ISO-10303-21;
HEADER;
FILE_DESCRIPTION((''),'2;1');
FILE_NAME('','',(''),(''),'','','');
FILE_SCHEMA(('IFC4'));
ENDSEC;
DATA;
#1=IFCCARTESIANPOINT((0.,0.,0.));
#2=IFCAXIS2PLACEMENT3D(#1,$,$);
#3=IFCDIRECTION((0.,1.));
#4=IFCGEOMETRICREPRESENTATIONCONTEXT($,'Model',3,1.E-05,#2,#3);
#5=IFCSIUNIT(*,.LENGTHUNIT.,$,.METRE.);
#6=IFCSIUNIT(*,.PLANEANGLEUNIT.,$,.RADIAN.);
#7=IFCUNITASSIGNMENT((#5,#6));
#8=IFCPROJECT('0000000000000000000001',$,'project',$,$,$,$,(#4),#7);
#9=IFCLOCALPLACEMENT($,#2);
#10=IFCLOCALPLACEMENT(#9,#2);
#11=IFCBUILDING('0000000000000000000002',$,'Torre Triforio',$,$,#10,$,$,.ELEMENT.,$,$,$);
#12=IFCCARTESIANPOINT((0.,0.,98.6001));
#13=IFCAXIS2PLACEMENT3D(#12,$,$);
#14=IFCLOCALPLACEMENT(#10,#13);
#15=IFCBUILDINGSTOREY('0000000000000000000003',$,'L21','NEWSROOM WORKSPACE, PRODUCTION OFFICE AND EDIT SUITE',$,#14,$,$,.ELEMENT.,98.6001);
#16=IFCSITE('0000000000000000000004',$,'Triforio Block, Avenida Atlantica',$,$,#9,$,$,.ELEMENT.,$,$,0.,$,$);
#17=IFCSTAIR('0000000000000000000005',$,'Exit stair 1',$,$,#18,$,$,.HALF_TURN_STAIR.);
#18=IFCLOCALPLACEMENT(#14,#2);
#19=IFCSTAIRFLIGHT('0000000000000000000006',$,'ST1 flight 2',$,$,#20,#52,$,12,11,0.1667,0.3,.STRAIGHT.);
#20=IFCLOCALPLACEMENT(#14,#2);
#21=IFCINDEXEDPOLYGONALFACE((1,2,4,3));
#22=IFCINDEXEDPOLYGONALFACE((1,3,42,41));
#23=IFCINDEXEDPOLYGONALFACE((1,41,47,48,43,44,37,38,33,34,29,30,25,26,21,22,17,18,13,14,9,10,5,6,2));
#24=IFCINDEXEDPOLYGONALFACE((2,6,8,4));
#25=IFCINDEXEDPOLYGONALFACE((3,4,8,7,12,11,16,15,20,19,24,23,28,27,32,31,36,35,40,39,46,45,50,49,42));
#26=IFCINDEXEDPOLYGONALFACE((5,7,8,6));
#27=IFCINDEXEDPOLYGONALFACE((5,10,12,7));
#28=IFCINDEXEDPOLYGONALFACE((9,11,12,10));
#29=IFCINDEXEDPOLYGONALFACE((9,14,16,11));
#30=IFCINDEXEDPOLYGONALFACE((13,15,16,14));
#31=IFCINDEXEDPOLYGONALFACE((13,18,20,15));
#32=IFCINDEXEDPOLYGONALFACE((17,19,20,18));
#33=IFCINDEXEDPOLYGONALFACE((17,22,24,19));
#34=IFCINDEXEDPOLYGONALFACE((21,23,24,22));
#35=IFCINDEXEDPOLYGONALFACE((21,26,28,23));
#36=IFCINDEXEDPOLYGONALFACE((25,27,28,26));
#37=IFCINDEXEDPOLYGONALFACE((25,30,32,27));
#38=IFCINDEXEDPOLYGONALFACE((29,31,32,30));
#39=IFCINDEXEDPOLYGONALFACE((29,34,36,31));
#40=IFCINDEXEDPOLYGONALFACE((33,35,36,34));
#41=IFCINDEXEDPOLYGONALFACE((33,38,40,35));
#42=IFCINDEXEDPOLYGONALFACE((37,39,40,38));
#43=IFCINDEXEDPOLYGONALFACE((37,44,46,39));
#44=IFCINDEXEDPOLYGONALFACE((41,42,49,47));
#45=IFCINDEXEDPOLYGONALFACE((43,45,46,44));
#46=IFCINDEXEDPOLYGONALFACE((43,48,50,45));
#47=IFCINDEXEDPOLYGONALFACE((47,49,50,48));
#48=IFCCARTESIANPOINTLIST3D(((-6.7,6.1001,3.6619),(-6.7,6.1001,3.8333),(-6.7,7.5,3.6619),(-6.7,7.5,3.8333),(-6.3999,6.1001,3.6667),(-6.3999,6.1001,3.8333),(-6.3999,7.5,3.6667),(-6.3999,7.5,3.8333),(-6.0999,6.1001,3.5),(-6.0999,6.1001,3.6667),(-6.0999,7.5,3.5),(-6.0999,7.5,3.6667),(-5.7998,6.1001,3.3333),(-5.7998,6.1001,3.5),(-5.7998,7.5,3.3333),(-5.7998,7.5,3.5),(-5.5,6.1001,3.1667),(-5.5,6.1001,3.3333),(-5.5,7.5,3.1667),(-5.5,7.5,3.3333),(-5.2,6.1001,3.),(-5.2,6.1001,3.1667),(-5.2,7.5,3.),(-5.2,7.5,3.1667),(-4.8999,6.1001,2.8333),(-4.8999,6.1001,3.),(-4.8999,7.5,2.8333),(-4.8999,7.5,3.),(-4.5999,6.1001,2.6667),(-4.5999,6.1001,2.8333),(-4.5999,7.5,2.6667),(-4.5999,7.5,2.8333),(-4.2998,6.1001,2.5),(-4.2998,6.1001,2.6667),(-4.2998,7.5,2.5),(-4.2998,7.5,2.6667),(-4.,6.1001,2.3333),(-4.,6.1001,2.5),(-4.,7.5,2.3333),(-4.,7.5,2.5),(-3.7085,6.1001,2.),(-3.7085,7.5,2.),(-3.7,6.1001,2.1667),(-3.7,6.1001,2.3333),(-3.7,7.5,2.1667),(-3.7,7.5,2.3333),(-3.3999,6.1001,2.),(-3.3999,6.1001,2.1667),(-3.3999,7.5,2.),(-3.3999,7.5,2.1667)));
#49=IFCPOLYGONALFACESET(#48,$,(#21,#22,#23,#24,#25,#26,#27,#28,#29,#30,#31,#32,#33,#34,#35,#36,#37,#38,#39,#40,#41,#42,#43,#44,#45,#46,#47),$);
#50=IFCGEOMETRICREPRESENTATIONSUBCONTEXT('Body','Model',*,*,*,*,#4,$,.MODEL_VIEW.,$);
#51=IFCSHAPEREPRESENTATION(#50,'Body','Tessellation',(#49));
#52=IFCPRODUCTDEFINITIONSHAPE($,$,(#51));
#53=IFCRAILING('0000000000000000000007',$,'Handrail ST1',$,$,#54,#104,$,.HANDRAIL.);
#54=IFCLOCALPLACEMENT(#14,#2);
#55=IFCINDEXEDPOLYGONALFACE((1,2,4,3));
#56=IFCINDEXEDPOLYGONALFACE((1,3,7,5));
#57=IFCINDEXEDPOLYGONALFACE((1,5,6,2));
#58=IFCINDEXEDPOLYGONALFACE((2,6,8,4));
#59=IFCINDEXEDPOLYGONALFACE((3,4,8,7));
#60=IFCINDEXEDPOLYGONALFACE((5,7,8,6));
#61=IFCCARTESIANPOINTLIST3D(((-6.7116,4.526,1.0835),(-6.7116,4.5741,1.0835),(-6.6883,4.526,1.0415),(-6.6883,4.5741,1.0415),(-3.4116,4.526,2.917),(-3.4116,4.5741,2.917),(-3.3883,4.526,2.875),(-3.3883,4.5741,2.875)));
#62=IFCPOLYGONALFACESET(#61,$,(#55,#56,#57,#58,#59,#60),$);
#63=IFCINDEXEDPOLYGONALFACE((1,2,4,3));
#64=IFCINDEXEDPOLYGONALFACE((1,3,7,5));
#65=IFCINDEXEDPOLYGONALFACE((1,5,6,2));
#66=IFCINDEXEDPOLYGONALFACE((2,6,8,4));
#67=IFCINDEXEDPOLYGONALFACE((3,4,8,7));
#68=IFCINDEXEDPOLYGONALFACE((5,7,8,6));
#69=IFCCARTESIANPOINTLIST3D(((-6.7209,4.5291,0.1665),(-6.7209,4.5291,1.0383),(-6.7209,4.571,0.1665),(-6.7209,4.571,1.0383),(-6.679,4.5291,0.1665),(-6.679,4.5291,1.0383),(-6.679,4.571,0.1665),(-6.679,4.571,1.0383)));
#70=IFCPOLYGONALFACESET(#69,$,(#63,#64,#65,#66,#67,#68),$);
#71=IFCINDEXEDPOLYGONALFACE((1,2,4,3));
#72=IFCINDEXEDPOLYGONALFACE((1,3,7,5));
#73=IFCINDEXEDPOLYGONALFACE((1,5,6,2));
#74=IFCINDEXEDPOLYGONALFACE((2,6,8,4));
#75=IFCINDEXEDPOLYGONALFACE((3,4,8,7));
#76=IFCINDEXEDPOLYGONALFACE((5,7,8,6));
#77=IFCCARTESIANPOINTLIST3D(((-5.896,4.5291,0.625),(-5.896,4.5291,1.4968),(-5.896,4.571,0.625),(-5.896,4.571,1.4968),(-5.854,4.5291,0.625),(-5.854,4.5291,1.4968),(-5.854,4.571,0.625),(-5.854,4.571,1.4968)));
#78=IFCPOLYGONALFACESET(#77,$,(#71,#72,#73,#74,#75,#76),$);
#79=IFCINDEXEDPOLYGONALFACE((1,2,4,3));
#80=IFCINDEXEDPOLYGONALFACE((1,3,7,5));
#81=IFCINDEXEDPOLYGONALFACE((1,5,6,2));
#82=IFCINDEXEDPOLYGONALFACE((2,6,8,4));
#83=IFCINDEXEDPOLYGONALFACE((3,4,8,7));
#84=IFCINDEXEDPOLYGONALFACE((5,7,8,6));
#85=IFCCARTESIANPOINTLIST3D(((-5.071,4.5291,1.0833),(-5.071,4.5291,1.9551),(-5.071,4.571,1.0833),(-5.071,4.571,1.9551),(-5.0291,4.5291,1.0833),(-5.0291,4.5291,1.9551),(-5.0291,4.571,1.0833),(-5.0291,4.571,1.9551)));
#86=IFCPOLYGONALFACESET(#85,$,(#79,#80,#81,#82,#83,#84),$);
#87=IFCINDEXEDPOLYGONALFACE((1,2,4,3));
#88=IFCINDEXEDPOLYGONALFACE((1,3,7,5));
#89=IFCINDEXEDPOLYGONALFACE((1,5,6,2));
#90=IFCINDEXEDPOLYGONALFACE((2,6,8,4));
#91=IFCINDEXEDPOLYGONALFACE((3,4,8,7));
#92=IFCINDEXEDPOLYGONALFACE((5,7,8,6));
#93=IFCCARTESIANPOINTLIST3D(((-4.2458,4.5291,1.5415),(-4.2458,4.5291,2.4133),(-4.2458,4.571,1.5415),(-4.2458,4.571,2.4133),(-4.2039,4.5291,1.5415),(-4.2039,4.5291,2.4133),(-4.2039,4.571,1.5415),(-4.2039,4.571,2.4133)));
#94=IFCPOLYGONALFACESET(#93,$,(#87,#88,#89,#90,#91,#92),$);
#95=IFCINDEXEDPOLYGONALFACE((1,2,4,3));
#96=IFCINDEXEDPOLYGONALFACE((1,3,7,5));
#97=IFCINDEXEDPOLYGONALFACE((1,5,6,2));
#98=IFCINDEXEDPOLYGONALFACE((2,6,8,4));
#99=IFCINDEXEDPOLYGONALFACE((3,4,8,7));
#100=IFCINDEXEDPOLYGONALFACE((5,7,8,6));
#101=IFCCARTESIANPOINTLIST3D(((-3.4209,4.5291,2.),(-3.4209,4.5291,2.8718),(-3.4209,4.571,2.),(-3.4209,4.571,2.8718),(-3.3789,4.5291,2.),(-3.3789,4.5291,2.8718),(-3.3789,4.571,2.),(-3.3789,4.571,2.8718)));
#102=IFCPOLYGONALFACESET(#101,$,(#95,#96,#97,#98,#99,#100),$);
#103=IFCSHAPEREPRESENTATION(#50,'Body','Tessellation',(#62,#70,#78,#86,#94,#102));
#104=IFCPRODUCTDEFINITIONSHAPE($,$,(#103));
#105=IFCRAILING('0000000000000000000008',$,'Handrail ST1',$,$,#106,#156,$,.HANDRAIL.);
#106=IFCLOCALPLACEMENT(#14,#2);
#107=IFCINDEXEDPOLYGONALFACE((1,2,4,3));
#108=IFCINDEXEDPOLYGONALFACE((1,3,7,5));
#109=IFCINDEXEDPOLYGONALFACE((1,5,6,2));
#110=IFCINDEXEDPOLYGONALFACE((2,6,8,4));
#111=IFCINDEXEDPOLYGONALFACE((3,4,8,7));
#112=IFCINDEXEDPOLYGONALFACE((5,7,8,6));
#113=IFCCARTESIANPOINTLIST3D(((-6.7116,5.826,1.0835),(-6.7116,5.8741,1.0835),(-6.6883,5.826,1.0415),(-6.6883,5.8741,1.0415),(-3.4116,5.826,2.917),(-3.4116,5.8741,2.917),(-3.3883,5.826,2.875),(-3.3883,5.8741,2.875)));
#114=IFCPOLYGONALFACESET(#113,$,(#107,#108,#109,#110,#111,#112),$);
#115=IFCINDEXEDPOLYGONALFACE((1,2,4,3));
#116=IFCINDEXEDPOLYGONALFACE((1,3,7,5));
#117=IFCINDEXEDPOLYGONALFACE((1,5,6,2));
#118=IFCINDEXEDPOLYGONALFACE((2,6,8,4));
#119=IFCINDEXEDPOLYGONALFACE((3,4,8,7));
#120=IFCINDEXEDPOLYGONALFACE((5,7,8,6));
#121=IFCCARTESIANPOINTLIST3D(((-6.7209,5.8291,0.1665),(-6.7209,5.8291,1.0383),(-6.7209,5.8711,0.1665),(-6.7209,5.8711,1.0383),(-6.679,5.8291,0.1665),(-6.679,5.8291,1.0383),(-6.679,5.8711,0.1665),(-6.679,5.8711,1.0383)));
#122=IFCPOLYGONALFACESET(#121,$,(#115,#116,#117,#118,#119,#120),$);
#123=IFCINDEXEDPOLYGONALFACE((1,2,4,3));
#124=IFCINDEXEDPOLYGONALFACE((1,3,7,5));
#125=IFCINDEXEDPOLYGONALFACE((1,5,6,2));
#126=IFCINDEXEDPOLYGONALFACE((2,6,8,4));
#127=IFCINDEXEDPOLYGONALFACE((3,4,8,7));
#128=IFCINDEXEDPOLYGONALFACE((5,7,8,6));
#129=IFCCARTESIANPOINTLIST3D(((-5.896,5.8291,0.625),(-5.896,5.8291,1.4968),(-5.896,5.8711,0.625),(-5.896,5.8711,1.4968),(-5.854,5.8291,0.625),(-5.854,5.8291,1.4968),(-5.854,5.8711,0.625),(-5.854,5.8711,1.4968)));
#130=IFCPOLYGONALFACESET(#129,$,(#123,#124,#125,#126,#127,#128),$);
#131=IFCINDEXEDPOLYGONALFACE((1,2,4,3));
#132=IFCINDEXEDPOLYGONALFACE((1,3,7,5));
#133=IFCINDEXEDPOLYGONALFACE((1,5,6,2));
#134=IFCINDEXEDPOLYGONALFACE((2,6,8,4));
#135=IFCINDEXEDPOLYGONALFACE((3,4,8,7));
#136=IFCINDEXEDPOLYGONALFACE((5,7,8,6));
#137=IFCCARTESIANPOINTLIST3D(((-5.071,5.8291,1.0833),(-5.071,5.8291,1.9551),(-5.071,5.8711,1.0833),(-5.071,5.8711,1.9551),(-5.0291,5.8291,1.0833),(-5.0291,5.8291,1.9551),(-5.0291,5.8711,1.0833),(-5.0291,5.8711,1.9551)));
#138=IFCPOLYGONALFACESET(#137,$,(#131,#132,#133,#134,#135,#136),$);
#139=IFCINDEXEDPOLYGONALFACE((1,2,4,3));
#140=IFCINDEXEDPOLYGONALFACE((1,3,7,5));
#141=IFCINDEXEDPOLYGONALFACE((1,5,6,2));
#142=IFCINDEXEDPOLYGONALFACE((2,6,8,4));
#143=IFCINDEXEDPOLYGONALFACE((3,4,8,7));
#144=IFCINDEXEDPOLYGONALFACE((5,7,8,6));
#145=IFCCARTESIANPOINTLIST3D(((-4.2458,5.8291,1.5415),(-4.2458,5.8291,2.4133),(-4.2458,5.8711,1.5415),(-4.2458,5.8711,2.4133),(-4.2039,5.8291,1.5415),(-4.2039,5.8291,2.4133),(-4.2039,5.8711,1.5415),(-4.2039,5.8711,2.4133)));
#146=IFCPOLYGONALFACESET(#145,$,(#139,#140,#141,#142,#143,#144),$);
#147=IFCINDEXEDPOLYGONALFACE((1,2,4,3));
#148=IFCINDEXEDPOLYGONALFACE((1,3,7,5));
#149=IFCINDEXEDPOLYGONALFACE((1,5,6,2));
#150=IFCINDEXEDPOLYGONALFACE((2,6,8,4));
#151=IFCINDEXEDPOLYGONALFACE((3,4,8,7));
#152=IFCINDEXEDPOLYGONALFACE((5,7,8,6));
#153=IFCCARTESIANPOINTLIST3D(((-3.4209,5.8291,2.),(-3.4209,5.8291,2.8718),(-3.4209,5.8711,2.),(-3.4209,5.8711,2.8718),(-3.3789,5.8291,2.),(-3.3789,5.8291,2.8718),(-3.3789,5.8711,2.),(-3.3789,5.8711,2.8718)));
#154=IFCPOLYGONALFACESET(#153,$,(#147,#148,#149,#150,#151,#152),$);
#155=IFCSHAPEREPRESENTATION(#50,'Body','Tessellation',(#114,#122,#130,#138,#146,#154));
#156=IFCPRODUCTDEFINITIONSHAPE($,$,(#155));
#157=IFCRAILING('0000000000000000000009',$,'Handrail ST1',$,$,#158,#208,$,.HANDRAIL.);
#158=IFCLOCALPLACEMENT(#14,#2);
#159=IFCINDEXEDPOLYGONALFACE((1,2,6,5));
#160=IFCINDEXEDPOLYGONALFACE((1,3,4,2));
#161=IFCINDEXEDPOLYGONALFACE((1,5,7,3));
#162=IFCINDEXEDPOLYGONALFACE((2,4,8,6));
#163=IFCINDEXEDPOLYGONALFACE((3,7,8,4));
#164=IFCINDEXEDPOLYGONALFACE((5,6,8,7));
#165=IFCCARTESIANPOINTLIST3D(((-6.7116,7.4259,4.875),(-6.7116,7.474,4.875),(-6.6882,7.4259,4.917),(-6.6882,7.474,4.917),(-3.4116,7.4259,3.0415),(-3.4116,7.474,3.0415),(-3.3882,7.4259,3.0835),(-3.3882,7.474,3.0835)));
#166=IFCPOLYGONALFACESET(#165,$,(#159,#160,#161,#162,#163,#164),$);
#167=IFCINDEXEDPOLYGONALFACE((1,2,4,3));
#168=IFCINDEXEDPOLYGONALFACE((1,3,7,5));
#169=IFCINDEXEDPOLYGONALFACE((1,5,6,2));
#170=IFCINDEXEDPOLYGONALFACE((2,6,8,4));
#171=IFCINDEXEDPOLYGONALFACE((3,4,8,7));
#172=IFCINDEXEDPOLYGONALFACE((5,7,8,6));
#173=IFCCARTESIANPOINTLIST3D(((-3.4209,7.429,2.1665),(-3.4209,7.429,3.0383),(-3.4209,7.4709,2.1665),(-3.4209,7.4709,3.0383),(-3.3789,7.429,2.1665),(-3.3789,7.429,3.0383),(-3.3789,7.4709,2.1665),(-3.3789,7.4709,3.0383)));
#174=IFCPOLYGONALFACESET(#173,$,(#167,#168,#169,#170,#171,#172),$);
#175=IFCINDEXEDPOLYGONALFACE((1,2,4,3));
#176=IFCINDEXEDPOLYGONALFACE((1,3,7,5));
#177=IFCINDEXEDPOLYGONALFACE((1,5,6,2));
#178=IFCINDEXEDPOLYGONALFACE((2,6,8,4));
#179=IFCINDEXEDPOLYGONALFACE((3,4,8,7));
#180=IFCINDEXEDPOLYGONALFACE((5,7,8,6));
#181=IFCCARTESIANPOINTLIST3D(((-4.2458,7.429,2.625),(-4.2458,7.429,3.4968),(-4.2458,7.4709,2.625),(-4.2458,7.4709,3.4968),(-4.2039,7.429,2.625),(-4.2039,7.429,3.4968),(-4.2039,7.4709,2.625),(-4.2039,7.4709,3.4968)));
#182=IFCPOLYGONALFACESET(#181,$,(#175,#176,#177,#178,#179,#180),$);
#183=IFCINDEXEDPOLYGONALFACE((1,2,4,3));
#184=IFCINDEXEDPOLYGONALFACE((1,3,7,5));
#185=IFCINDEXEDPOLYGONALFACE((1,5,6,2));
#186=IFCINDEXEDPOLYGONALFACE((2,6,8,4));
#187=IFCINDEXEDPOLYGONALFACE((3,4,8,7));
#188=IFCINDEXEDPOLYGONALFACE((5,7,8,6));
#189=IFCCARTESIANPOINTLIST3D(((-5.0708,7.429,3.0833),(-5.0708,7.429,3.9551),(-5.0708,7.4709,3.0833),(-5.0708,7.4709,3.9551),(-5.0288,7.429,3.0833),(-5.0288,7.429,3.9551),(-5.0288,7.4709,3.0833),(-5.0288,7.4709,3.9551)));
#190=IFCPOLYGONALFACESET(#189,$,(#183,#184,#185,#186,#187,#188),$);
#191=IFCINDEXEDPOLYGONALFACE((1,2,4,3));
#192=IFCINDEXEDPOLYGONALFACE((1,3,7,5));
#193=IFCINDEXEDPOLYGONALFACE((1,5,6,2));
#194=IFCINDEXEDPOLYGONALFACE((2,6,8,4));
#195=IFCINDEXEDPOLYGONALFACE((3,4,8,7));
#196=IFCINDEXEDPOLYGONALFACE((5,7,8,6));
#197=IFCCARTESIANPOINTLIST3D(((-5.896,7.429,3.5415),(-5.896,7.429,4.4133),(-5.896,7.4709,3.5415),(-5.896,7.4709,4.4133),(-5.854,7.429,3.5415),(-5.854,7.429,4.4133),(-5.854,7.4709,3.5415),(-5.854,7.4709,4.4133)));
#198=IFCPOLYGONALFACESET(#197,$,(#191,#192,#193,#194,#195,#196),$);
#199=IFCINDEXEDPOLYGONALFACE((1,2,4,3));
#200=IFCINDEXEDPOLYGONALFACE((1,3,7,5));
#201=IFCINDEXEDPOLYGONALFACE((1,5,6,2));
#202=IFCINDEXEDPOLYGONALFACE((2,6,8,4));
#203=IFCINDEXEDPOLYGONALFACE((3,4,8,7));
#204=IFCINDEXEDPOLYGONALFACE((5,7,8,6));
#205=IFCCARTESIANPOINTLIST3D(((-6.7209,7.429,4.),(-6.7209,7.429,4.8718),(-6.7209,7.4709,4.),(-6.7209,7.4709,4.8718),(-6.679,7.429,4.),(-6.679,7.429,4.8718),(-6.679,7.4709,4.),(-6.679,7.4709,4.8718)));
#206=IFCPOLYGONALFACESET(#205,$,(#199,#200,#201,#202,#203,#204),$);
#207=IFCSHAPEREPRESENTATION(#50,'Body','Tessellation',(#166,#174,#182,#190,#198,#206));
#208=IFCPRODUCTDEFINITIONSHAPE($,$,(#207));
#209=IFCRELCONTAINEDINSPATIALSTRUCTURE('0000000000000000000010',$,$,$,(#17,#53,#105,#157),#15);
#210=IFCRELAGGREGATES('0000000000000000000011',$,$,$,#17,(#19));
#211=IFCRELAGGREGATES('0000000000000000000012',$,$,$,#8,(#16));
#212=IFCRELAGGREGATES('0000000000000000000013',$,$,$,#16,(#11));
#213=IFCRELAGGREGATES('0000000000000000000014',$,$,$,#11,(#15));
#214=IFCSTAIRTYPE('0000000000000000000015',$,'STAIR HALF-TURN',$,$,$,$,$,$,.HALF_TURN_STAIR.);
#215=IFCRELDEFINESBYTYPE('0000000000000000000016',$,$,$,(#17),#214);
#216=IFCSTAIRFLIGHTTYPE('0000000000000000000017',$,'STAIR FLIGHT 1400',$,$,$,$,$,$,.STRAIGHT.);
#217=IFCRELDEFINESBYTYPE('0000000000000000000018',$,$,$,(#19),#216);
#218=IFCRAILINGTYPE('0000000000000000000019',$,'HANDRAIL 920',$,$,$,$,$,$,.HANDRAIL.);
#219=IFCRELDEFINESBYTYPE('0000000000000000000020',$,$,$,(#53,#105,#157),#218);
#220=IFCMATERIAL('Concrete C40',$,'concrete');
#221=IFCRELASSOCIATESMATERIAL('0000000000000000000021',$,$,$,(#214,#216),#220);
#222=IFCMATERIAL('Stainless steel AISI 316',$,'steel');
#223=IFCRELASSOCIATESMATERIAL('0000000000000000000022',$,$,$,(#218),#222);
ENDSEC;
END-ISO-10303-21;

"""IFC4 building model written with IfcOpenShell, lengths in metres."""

from ifc_helpers import new_model, si_unit, direction, frame, origin, origin_2d, place, context, subcontext, project, spatial, polyline, rectangle, outline, extrude, material, type_object, element, aggregate, save


model = new_model("IFC4")

# Units and contexts
model_context = context("Model", 3, precision=1e-05, world=origin(), true_north=direction((0.0, 1.0)))
body_context = subcontext(model_context, "Body", "Model", "MODEL_VIEW")
ifc_project = project(units=[si_unit("LENGTHUNIT", "METRE"), si_unit("PLANEANGLEUNIT", "RADIAN")], contexts=[model_context])

# Site, building, storey
site_placement = place(None, origin())
site = spatial("IfcSite", under=ifc_project, at=site_placement, Name="Triforio Block, Avenida Atlantica", CompositionType="ELEMENT", RefElevation=0.0)
building_placement = place(site_placement, origin())
building = spatial("IfcBuilding", under=site, at=building_placement, Name="Torre Triforio", CompositionType="ELEMENT")
storey_placement = place(building_placement, frame((0.0, 0.0, 98.6001)))
storey = spatial("IfcBuildingStorey", under=building, at=storey_placement, Name="L21", Description="NEWSROOM WORKSPACE, PRODUCTION OFFICE AND EDIT SUITE", CompositionType="ELEMENT", Elevation=98.6001)

# Stair, stair flight
ifc_material_1 = material(Name="Concrete C40", Category="concrete")
stair_type = type_object("IfcStairType", Name="STAIR HALF-TURN", PredefinedType="HALF_TURN_STAIR", material=ifc_material_1)
stair_placement = place(storey_placement, origin())
stair = element("IfcStair", 1, at=stair_placement, inside=storey, type_object=stair_type, Name="Exit stair 1", PredefinedType="HALF_TURN_STAIR")
stair_flight_type = type_object("IfcStairFlightType", Name="STAIR FLIGHT 1400", PredefinedType="STRAIGHT", material=ifc_material_1)
stair_flight_1_placement = place(storey_placement, frame((-3.3999, 6.8, 2.0), z_axis=(0.0, 0.0, 1.0), x_axis=(-1.0, 0.0, 0.0)))
stair_flight_1 = element("IfcStairFlight", 2, at=stair_flight_1_placement, type_object=stair_flight_type, Name="ST1 flight 2", NumberOfRisers=12, NumberOfTreads=11, PredefinedType="STRAIGHT", RiserHeight=0.1667, TreadLength=0.3, context=body_context, shape_type="SweptSolid", body=[
    extrude(outline(polyline([(0.0, 0.0), (0.0, 0.1667), (0.3, 0.1667), (0.3, 0.3333), (0.6001, 0.3333), (0.6001, 0.5), (0.8999, 0.5), (0.8999, 0.6667), (1.2, 0.6667), (1.2, 0.8333), (1.5, 0.8333), (1.5, 1.0), (1.8, 1.0), (1.8, 1.1667), (2.1001, 1.1667), (2.1001, 1.3333), (2.3999, 1.3333), (2.3999, 1.5), (2.7, 1.5), (2.7, 1.6667), (3.0, 1.6667), (3.0, 1.8333), (3.3, 1.8333), (3.3, 2.0), (3.3, 1.6619), (0.3086, 0.0), (0.0, 0.0)])), frame((0.0, 0.7, 0.0), z_axis=(0.0, -1.0, 0.0), x_axis=(1.0, 0.0, 0.0)), (0.0, 0.0, 1.0), 1.3999),
])
aggregate(stair, [stair_flight_1])

# Railings
ifc_material_2 = material(Name="Stainless steel AISI 316", Category="steel")
railing_type = type_object("IfcRailingType", Name="HANDRAIL 920", PredefinedType="HANDRAIL", material=ifc_material_2)
for number, where, name in (
    (3, (-6.7, 4.55, 0.1665), "Handrail ST1"),
    (4, (-6.7, 5.8501, 0.1665), "Handrail ST1"),
):
    element("IfcRailing", number, at=place(storey_placement, frame(where)), inside=storey, type_object=railing_type, Name=name, PredefinedType="HANDRAIL", context=body_context, shape_type="SweptSolid", body=[
        extrude(rectangle(XDim=0.0481, YDim=0.0481, at=origin_2d()), frame((0.0, 0.0, 0.896), z_axis=(0.874142, 0.0, 0.48567), x_axis=(0.0, 1.0, 0.0)), (0.0, 0.0, 1.0), 3.7751),
        extrude(rectangle(XDim=0.042, YDim=0.042, at=origin_2d()), origin(), (0.0, 0.0, 1.0), 0.8718),
        extrude(rectangle(XDim=0.042, YDim=0.042, at=origin_2d()), frame((0.825, 0.0, 0.4585)), (0.0, 0.0, 1.0), 0.8718),
        extrude(rectangle(XDim=0.042, YDim=0.042, at=origin_2d()), frame((1.6499, 0.0, 0.9167)), (0.0, 0.0, 1.0), 0.8718),
        extrude(rectangle(XDim=0.042, YDim=0.042, at=origin_2d()), frame((2.4751, 0.0, 1.375)), (0.0, 0.0, 1.0), 0.8718),
        extrude(rectangle(XDim=0.042, YDim=0.042, at=origin_2d()), frame((3.3, 0.0, 1.8335)), (0.0, 0.0, 1.0), 0.8718),
    ])
for number, where, name in (
    (5, (-3.3999, 7.45, 2.1665), "Handrail ST1"),
):
    element("IfcRailing", number, at=place(storey_placement, frame(where)), inside=storey, type_object=railing_type, Name=name, PredefinedType="HANDRAIL", context=body_context, shape_type="SweptSolid", body=[
        extrude(rectangle(XDim=0.0481, YDim=0.0481, at=origin_2d()), frame((0.0, 0.0, 0.896), z_axis=(-0.874142, 0.0, 0.48567), x_axis=(0.0, -1.0, 0.0)), (0.0, 0.0, 1.0), 3.7751),
        extrude(rectangle(XDim=0.042, YDim=0.042, at=origin_2d()), origin(), (0.0, 0.0, 1.0), 0.8718),
        extrude(rectangle(XDim=0.042, YDim=0.042, at=origin_2d()), frame((-0.825, 0.0, 0.4585)), (0.0, 0.0, 1.0), 0.8718),
        extrude(rectangle(XDim=0.042, YDim=0.042, at=origin_2d()), frame((-1.6499, 0.0, 0.9167)), (0.0, 0.0, 1.0), 0.8718),
        extrude(rectangle(XDim=0.042, YDim=0.042, at=origin_2d()), frame((-2.4751, 0.0, 1.375)), (0.0, 0.0, 1.0), 0.8718),
        extrude(rectangle(XDim=0.042, YDim=0.042, at=origin_2d()), frame((-3.3, 0.0, 1.8335)), (0.0, 0.0, 1.0), 0.8718),
    ])

save(model, "model.ifc")
